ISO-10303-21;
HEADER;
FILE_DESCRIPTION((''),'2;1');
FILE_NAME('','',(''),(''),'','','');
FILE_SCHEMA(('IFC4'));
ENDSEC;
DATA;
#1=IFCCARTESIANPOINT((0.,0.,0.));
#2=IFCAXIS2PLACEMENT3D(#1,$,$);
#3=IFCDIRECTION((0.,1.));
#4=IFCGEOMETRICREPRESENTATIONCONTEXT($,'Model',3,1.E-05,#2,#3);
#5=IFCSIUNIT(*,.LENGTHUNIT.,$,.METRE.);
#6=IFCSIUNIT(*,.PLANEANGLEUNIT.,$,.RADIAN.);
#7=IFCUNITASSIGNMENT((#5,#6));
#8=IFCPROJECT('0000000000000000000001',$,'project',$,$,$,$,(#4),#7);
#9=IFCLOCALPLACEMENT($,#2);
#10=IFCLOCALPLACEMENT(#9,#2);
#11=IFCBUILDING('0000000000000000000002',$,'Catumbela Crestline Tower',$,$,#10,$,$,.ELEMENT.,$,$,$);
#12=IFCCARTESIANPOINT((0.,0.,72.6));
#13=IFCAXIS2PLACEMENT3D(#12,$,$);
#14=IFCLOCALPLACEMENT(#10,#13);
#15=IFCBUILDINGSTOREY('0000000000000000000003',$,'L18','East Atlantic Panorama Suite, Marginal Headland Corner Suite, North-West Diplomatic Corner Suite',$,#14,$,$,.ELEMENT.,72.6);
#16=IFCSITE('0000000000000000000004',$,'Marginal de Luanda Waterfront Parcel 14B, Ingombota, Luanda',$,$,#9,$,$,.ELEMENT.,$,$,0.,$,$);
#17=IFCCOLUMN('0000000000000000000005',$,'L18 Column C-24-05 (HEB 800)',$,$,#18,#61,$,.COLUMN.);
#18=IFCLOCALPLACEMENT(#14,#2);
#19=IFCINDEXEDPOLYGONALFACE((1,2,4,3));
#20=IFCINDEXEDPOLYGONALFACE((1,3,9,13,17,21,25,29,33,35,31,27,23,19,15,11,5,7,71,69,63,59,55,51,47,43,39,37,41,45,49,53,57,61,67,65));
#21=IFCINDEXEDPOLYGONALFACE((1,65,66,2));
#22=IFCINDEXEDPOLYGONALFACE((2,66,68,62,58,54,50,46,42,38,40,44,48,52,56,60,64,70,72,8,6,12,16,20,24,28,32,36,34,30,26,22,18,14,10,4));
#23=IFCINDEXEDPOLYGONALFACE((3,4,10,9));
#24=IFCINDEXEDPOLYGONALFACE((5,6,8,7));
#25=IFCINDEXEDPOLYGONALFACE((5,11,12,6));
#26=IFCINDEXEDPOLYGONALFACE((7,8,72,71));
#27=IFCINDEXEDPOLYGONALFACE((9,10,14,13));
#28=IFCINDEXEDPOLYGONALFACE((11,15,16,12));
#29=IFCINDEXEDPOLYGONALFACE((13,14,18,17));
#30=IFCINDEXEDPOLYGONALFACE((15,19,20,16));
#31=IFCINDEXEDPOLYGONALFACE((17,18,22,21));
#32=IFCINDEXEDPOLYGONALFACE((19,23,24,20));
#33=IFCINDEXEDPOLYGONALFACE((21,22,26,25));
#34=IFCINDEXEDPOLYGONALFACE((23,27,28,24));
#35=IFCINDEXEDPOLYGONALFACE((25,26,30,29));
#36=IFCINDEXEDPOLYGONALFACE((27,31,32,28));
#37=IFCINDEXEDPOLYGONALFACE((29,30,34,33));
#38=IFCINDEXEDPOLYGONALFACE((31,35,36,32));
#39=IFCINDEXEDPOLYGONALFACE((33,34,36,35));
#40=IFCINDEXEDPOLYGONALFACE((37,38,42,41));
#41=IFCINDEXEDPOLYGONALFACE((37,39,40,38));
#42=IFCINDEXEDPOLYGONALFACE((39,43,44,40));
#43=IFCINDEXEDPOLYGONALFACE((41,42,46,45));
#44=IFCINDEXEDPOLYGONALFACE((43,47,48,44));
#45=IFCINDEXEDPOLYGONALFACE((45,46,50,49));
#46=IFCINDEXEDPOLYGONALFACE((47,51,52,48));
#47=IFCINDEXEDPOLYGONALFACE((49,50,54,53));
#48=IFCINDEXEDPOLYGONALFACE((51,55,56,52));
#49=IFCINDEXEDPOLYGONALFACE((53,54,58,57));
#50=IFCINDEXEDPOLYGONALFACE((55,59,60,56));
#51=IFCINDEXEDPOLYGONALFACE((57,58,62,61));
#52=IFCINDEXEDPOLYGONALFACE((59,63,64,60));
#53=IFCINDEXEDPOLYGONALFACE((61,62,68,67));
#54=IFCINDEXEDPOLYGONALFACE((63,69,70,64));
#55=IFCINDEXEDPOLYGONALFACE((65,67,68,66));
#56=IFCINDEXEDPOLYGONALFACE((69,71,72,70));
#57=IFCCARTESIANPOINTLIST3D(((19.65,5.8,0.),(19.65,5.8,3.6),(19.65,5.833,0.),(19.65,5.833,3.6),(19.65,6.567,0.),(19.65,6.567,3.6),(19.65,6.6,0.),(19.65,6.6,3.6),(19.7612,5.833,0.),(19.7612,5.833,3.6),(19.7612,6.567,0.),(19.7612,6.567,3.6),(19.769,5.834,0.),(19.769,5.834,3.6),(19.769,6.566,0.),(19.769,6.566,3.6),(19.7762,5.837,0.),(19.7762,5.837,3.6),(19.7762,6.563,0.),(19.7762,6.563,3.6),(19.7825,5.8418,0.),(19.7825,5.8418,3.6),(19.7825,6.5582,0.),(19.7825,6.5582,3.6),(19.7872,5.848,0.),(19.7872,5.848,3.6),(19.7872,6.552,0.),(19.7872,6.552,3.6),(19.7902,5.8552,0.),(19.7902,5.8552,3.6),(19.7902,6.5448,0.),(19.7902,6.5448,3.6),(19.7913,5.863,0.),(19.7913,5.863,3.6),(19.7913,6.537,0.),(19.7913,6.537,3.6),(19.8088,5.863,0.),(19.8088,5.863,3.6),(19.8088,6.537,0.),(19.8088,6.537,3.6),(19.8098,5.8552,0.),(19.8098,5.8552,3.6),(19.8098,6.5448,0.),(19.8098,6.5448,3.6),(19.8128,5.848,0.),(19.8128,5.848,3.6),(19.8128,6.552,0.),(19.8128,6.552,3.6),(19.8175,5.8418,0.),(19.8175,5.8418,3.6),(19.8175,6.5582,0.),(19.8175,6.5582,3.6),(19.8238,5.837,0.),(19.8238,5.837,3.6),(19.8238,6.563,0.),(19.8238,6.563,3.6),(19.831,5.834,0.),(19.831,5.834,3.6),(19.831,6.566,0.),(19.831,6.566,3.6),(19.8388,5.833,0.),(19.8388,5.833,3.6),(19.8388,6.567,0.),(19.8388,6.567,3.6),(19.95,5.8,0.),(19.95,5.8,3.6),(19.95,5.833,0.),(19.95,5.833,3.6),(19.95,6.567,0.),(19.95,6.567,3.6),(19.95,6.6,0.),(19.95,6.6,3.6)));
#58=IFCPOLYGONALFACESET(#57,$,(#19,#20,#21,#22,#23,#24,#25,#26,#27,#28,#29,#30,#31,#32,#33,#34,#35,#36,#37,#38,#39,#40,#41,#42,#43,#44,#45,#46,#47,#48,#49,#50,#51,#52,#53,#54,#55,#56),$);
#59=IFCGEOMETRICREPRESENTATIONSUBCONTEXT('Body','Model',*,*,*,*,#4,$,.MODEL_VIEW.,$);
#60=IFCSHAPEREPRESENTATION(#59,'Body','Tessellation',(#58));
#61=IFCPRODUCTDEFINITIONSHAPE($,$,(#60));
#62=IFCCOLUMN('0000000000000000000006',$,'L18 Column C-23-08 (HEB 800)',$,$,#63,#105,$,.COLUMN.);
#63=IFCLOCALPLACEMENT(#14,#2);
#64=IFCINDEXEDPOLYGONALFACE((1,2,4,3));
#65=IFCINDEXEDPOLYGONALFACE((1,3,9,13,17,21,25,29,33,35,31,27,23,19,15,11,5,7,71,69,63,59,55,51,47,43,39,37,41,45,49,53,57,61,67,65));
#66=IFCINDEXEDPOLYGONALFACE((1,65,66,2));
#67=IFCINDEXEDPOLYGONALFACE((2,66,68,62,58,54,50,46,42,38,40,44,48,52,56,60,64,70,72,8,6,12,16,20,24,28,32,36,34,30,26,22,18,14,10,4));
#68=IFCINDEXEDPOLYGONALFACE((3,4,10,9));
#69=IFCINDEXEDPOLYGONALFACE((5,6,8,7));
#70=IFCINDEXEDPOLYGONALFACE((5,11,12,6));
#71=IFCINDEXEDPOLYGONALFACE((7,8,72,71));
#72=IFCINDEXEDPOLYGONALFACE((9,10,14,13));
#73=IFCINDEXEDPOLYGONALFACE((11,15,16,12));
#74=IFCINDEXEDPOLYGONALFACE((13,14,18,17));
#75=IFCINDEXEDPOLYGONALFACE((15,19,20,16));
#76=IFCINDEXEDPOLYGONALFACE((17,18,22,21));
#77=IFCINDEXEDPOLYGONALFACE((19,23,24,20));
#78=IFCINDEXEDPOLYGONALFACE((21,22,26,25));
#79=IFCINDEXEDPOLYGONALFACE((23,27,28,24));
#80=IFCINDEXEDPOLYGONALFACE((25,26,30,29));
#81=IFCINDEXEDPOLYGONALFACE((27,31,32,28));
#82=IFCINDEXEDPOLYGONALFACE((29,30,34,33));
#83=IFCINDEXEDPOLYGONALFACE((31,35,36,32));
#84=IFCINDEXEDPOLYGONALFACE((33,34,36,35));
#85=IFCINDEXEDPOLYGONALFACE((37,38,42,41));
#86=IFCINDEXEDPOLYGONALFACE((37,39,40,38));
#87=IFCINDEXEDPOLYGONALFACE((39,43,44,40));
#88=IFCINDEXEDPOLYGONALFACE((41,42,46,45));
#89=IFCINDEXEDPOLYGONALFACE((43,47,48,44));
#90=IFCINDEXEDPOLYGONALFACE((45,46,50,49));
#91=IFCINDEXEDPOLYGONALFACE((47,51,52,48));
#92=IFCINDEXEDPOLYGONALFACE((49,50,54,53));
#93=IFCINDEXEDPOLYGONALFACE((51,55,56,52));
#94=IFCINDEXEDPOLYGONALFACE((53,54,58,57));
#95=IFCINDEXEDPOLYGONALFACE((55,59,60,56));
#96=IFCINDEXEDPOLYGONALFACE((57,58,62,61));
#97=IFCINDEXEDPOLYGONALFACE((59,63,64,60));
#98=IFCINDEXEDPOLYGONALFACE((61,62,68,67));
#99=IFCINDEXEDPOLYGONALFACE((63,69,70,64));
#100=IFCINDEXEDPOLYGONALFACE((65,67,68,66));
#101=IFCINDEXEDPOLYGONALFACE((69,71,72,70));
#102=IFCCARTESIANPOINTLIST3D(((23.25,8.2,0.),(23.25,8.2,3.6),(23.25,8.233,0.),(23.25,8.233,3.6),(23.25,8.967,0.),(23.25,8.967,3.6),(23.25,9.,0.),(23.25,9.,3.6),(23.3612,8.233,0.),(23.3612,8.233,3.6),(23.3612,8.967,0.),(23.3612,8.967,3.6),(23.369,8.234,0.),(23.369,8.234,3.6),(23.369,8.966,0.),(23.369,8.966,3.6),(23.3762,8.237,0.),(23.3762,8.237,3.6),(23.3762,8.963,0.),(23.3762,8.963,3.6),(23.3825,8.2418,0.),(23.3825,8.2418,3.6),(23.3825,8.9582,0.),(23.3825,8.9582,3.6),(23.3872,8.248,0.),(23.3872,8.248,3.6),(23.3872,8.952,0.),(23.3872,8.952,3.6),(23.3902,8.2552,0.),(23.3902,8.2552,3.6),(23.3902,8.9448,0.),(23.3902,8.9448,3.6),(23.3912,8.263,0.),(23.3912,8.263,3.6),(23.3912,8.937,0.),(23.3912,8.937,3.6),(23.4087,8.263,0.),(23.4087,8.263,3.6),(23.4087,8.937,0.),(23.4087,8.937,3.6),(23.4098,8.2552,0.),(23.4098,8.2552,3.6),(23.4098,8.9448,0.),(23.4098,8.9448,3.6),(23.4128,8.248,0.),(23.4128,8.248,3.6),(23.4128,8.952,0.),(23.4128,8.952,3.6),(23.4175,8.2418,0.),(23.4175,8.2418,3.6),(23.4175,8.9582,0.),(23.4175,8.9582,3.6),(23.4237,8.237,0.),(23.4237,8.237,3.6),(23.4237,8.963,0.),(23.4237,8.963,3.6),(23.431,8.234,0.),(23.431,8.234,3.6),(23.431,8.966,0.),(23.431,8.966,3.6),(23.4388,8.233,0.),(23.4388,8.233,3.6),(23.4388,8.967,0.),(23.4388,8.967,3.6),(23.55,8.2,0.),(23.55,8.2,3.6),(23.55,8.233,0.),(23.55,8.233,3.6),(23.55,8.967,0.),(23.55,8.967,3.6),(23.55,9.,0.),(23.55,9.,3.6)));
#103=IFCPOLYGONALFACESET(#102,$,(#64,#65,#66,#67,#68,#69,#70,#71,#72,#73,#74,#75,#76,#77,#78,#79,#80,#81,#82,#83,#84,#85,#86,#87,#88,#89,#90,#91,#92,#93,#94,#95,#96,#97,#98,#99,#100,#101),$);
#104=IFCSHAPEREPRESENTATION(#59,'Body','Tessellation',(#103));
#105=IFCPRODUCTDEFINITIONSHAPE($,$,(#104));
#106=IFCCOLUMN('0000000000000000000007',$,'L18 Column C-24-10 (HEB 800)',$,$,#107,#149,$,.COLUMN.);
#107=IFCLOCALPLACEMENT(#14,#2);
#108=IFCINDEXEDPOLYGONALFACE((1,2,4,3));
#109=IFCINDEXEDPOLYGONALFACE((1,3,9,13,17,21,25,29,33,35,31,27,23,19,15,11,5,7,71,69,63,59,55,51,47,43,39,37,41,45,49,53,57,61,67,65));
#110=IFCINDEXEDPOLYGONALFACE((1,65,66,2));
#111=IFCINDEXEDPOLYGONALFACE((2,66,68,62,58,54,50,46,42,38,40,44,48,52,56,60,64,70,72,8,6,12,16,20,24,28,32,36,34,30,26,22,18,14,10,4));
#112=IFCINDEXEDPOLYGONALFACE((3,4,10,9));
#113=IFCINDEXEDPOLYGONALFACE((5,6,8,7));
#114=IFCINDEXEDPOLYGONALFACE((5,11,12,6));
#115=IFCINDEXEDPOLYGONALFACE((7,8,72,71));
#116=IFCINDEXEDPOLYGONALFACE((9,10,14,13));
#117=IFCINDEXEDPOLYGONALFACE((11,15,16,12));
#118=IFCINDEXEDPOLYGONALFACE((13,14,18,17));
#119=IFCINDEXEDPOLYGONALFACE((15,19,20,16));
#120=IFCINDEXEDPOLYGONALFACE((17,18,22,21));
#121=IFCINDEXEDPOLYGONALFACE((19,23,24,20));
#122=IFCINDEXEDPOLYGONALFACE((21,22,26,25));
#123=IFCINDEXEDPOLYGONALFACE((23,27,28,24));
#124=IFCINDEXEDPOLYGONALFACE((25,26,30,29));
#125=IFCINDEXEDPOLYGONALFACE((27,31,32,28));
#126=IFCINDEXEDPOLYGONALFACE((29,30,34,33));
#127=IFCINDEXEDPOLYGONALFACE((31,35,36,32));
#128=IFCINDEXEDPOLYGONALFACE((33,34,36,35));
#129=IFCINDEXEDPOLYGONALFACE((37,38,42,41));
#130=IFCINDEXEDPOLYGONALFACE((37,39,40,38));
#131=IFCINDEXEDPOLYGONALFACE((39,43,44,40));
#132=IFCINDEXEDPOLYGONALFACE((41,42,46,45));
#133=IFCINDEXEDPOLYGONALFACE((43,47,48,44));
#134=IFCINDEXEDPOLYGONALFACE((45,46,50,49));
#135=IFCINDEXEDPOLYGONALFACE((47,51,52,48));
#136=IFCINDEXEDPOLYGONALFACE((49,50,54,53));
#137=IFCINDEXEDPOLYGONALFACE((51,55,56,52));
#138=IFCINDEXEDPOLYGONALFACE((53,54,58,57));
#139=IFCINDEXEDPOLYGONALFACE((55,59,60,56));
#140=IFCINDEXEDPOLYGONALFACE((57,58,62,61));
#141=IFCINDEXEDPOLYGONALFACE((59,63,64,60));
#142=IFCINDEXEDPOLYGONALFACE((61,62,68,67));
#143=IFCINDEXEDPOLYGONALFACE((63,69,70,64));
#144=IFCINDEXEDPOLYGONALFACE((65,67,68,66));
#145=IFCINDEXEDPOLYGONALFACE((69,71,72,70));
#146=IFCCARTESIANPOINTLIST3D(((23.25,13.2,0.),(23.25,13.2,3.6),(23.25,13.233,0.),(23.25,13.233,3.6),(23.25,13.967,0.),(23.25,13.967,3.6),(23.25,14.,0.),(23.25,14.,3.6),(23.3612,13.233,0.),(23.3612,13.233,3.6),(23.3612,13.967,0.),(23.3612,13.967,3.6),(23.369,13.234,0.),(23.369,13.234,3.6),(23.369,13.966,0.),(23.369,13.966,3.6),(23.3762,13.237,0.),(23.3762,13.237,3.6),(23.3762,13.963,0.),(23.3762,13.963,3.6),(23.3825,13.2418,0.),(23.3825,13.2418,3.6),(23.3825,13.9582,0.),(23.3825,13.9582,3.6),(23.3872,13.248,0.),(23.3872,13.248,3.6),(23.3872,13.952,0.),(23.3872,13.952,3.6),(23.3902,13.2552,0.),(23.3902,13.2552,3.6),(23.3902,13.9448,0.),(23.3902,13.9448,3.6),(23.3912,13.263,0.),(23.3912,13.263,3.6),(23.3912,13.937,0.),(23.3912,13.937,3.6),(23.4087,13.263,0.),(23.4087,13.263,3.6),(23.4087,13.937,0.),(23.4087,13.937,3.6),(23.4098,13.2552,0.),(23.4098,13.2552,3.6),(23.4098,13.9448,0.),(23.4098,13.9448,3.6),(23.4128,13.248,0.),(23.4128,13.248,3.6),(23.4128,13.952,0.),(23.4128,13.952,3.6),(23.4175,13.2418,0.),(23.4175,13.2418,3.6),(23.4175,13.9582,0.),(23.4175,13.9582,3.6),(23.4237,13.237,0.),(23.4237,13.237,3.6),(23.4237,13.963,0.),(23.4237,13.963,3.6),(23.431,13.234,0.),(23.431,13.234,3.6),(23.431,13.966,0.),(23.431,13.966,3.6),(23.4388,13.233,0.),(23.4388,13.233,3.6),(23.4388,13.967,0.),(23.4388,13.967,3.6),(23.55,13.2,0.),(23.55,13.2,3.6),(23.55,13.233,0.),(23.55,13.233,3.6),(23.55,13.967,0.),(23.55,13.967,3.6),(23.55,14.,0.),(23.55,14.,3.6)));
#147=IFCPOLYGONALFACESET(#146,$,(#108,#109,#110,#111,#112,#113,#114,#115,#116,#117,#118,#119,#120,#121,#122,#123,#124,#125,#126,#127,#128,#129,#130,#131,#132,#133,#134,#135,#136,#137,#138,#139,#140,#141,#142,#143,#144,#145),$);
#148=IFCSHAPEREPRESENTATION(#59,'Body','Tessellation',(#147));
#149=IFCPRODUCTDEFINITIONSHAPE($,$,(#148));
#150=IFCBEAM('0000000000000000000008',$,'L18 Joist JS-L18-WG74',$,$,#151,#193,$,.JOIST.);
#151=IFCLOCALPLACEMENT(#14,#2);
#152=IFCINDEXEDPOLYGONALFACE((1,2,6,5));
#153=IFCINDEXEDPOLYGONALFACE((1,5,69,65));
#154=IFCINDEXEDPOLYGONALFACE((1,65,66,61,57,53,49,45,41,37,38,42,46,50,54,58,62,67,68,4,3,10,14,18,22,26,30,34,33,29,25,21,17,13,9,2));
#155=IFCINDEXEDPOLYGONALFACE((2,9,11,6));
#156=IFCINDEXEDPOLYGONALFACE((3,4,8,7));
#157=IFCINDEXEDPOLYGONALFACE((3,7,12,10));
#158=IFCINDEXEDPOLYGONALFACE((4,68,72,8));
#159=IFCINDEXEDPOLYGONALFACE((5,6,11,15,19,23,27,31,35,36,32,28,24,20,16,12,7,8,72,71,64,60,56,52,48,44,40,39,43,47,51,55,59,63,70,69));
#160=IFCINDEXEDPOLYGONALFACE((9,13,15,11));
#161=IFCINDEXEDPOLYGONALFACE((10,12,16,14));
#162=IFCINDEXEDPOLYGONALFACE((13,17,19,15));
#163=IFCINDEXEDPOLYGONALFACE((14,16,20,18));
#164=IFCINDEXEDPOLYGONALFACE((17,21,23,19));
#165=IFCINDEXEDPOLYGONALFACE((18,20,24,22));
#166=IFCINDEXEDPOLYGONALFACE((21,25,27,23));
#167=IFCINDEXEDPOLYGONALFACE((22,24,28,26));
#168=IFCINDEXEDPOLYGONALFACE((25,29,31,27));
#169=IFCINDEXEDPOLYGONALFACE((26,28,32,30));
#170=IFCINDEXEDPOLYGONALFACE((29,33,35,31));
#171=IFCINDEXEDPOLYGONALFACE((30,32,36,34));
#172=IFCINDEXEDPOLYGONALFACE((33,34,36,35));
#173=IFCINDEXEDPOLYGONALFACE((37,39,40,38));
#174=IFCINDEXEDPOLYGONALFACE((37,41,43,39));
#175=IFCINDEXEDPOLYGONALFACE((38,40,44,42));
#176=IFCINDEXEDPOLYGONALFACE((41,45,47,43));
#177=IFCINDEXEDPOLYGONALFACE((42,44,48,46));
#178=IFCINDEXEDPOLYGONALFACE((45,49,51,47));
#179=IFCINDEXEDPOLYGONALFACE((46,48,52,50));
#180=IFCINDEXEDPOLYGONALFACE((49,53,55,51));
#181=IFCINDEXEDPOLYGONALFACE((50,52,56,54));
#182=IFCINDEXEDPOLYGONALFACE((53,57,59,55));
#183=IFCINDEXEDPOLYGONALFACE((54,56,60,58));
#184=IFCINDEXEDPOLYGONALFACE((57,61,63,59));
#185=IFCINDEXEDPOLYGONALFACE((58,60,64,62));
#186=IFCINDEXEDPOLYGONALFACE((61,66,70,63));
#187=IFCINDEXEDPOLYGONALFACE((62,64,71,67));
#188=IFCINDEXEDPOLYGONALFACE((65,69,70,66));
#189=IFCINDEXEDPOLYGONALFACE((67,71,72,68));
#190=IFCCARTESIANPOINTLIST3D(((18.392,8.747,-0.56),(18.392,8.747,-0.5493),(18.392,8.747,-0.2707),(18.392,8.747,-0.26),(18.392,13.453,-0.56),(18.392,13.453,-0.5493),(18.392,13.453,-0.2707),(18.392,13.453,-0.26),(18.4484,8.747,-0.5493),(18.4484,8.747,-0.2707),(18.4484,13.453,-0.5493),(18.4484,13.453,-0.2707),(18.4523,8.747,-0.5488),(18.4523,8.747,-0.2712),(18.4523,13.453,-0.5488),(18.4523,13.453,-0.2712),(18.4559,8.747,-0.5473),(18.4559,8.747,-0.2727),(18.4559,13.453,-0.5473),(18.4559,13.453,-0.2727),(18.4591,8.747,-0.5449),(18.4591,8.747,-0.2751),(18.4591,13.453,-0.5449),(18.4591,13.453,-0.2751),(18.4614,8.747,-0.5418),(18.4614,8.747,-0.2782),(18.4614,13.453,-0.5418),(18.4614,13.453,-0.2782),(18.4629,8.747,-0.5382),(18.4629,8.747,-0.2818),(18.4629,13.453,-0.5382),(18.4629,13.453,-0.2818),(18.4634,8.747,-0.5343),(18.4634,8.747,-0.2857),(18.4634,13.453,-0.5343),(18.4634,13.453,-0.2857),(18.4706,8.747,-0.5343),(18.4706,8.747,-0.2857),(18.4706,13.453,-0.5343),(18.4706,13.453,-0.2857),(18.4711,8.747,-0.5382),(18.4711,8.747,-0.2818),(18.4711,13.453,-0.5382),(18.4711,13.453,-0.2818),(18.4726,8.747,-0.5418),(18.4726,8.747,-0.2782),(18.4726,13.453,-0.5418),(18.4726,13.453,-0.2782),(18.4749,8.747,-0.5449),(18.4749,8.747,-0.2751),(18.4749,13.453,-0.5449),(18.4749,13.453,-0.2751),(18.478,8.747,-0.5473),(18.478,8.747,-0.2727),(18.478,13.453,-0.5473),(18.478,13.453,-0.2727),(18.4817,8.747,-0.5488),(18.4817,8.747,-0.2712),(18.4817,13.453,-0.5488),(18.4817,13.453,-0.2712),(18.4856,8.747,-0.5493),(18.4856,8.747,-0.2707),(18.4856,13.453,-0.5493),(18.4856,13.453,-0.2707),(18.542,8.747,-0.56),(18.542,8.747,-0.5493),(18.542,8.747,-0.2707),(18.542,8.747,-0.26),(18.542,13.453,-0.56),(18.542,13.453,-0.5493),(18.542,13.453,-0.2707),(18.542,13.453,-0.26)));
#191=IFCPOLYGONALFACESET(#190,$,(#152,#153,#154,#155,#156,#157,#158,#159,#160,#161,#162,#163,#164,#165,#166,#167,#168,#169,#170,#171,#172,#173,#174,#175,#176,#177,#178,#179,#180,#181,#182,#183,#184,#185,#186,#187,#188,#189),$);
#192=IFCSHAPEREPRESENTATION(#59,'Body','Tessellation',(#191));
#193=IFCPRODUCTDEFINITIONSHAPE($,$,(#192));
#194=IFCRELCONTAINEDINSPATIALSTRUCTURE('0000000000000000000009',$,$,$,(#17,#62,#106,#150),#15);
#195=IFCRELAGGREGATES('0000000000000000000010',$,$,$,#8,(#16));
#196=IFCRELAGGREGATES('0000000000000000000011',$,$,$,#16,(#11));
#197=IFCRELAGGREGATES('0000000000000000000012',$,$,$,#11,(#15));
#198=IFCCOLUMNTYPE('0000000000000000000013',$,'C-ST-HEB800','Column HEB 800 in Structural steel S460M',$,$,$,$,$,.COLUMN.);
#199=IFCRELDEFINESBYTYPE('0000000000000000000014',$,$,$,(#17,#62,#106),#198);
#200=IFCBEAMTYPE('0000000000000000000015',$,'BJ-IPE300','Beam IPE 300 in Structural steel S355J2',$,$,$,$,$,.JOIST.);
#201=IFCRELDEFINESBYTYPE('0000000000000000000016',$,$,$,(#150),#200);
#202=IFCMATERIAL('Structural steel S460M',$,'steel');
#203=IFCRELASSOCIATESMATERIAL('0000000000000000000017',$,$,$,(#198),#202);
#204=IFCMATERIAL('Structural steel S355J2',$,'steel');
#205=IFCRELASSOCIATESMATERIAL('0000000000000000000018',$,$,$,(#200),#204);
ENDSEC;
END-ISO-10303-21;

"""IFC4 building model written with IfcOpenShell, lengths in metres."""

from ifc_helpers import new_model, si_unit, direction, frame, origin, origin_2d, place, context, subcontext, project, spatial, i_section, extrude, material, material_profile, profile_set, type_object, element, save


model = new_model("IFC4")

# Units and contexts
model_context = context("Model", 3, precision=1e-05, world=origin(), true_north=direction((0.0, 1.0)))
body_context = subcontext(model_context, "Body", "Model", "MODEL_VIEW")
ifc_project = project(units=[si_unit("LENGTHUNIT", "METRE"), si_unit("PLANEANGLEUNIT", "RADIAN")], contexts=[model_context])

# Site, building, storey
site_placement = place(None, origin())
site = spatial("IfcSite", under=ifc_project, at=site_placement, Name="Marginal de Luanda Waterfront Parcel 14B, Ingombota, Luanda", CompositionType="ELEMENT", RefElevation=0.0)
building_placement = place(site_placement, origin())
building = spatial("IfcBuilding", under=site, at=building_placement, Name="Catumbela Crestline Tower", CompositionType="ELEMENT")
storey_placement = place(building_placement, frame((0.0, 0.0, 72.6)))
storey = spatial("IfcBuildingStorey", under=building, at=storey_placement, Name="L18", Description="East Atlantic Panorama Suite, Marginal Headland Corner Suite, North-West Diplomatic Corner Suite", CompositionType="ELEMENT", Elevation=72.6)

# Columns
ifc_material_1 = material(Name="Structural steel S460M", Category="steel")
ifc_material_profile_1 = material_profile(ifc_material_1, i_section(OverallWidth=0.3, OverallDepth=0.8, WebThickness=0.0175, FlangeThickness=0.033, FilletRadius=0.03, at=origin_2d()), Name="HEB 800")
ifc_profile_set_1 = profile_set([ifc_material_profile_1], Name="Structural steel S460M")
column_type = type_object("IfcColumnType", Name="C-ST-HEB800", Description="Column HEB 800 in Structural steel S460M", PredefinedType="COLUMN", material=ifc_profile_set_1)
for number, where, z_axis, x_axis, name in (
    (1, (19.8, 6.2, 0.0), (0.0, 0.0, 1.0), (1.0, 0.0, 0.0), "L18 Column C-24-05 (HEB 800)"),
    (2, (23.4, 8.6, 0.0), (0.0, 0.0, 1.0), (1.0, 0.0, 0.0), "L18 Column C-23-08 (HEB 800)"),
    (3, (23.4, 13.6, 0.0), (0.0, 0.0, 1.0), (1.0, 0.0, 0.0), "L18 Column C-24-10 (HEB 800)"),
):
    element("IfcColumn", number, at=place(storey_placement, frame(where, z_axis=z_axis, x_axis=x_axis)), inside=storey, type_object=column_type, Name=name, PredefinedType="COLUMN", context=body_context, shape_type="SweptSolid", body=[
        extrude(i_section(OverallWidth=0.3, OverallDepth=0.8, WebThickness=0.0175, FlangeThickness=0.033, FilletRadius=0.03, at=origin_2d()), origin(), (0.0, 0.0, 1.0), 3.6),
    ])

# Beam
ifc_material_2 = material(Name="Structural steel S355J2", Category="steel")
ifc_material_profile_2 = material_profile(ifc_material_2, i_section(OverallWidth=0.15, OverallDepth=0.3, WebThickness=0.0071, FlangeThickness=0.0107, FilletRadius=0.015, at=origin_2d()), Name="IPE 300")
ifc_profile_set_2 = profile_set([ifc_material_profile_2], Name="Structural steel S355J2")
beam_type_1 = type_object("IfcBeamType", Name="BJ-IPE300", Description="Beam IPE 300 in Structural steel S355J2", PredefinedType="JOIST", material=ifc_profile_set_2)
for number, where, z_axis, x_axis, name in (
    (4, (18.467, 8.747, -0.41), (0.0, 1.0, 0.0), (-1.0, 0.0, 0.0), "L18 Joist JS-L18-WG74"),
):
    element("IfcBeam", number, at=place(storey_placement, frame(where, z_axis=z_axis, x_axis=x_axis)), inside=storey, type_object=beam_type_1, Name=name, PredefinedType="JOIST", context=body_context, shape_type="SweptSolid", body=[
        extrude(i_section(OverallWidth=0.15, OverallDepth=0.3, WebThickness=0.0071, FlangeThickness=0.0107, FilletRadius=0.015, at=origin_2d()), origin(), (0.0, 0.0, 1.0), 4.706),
    ])

save(model, "model.ifc")
